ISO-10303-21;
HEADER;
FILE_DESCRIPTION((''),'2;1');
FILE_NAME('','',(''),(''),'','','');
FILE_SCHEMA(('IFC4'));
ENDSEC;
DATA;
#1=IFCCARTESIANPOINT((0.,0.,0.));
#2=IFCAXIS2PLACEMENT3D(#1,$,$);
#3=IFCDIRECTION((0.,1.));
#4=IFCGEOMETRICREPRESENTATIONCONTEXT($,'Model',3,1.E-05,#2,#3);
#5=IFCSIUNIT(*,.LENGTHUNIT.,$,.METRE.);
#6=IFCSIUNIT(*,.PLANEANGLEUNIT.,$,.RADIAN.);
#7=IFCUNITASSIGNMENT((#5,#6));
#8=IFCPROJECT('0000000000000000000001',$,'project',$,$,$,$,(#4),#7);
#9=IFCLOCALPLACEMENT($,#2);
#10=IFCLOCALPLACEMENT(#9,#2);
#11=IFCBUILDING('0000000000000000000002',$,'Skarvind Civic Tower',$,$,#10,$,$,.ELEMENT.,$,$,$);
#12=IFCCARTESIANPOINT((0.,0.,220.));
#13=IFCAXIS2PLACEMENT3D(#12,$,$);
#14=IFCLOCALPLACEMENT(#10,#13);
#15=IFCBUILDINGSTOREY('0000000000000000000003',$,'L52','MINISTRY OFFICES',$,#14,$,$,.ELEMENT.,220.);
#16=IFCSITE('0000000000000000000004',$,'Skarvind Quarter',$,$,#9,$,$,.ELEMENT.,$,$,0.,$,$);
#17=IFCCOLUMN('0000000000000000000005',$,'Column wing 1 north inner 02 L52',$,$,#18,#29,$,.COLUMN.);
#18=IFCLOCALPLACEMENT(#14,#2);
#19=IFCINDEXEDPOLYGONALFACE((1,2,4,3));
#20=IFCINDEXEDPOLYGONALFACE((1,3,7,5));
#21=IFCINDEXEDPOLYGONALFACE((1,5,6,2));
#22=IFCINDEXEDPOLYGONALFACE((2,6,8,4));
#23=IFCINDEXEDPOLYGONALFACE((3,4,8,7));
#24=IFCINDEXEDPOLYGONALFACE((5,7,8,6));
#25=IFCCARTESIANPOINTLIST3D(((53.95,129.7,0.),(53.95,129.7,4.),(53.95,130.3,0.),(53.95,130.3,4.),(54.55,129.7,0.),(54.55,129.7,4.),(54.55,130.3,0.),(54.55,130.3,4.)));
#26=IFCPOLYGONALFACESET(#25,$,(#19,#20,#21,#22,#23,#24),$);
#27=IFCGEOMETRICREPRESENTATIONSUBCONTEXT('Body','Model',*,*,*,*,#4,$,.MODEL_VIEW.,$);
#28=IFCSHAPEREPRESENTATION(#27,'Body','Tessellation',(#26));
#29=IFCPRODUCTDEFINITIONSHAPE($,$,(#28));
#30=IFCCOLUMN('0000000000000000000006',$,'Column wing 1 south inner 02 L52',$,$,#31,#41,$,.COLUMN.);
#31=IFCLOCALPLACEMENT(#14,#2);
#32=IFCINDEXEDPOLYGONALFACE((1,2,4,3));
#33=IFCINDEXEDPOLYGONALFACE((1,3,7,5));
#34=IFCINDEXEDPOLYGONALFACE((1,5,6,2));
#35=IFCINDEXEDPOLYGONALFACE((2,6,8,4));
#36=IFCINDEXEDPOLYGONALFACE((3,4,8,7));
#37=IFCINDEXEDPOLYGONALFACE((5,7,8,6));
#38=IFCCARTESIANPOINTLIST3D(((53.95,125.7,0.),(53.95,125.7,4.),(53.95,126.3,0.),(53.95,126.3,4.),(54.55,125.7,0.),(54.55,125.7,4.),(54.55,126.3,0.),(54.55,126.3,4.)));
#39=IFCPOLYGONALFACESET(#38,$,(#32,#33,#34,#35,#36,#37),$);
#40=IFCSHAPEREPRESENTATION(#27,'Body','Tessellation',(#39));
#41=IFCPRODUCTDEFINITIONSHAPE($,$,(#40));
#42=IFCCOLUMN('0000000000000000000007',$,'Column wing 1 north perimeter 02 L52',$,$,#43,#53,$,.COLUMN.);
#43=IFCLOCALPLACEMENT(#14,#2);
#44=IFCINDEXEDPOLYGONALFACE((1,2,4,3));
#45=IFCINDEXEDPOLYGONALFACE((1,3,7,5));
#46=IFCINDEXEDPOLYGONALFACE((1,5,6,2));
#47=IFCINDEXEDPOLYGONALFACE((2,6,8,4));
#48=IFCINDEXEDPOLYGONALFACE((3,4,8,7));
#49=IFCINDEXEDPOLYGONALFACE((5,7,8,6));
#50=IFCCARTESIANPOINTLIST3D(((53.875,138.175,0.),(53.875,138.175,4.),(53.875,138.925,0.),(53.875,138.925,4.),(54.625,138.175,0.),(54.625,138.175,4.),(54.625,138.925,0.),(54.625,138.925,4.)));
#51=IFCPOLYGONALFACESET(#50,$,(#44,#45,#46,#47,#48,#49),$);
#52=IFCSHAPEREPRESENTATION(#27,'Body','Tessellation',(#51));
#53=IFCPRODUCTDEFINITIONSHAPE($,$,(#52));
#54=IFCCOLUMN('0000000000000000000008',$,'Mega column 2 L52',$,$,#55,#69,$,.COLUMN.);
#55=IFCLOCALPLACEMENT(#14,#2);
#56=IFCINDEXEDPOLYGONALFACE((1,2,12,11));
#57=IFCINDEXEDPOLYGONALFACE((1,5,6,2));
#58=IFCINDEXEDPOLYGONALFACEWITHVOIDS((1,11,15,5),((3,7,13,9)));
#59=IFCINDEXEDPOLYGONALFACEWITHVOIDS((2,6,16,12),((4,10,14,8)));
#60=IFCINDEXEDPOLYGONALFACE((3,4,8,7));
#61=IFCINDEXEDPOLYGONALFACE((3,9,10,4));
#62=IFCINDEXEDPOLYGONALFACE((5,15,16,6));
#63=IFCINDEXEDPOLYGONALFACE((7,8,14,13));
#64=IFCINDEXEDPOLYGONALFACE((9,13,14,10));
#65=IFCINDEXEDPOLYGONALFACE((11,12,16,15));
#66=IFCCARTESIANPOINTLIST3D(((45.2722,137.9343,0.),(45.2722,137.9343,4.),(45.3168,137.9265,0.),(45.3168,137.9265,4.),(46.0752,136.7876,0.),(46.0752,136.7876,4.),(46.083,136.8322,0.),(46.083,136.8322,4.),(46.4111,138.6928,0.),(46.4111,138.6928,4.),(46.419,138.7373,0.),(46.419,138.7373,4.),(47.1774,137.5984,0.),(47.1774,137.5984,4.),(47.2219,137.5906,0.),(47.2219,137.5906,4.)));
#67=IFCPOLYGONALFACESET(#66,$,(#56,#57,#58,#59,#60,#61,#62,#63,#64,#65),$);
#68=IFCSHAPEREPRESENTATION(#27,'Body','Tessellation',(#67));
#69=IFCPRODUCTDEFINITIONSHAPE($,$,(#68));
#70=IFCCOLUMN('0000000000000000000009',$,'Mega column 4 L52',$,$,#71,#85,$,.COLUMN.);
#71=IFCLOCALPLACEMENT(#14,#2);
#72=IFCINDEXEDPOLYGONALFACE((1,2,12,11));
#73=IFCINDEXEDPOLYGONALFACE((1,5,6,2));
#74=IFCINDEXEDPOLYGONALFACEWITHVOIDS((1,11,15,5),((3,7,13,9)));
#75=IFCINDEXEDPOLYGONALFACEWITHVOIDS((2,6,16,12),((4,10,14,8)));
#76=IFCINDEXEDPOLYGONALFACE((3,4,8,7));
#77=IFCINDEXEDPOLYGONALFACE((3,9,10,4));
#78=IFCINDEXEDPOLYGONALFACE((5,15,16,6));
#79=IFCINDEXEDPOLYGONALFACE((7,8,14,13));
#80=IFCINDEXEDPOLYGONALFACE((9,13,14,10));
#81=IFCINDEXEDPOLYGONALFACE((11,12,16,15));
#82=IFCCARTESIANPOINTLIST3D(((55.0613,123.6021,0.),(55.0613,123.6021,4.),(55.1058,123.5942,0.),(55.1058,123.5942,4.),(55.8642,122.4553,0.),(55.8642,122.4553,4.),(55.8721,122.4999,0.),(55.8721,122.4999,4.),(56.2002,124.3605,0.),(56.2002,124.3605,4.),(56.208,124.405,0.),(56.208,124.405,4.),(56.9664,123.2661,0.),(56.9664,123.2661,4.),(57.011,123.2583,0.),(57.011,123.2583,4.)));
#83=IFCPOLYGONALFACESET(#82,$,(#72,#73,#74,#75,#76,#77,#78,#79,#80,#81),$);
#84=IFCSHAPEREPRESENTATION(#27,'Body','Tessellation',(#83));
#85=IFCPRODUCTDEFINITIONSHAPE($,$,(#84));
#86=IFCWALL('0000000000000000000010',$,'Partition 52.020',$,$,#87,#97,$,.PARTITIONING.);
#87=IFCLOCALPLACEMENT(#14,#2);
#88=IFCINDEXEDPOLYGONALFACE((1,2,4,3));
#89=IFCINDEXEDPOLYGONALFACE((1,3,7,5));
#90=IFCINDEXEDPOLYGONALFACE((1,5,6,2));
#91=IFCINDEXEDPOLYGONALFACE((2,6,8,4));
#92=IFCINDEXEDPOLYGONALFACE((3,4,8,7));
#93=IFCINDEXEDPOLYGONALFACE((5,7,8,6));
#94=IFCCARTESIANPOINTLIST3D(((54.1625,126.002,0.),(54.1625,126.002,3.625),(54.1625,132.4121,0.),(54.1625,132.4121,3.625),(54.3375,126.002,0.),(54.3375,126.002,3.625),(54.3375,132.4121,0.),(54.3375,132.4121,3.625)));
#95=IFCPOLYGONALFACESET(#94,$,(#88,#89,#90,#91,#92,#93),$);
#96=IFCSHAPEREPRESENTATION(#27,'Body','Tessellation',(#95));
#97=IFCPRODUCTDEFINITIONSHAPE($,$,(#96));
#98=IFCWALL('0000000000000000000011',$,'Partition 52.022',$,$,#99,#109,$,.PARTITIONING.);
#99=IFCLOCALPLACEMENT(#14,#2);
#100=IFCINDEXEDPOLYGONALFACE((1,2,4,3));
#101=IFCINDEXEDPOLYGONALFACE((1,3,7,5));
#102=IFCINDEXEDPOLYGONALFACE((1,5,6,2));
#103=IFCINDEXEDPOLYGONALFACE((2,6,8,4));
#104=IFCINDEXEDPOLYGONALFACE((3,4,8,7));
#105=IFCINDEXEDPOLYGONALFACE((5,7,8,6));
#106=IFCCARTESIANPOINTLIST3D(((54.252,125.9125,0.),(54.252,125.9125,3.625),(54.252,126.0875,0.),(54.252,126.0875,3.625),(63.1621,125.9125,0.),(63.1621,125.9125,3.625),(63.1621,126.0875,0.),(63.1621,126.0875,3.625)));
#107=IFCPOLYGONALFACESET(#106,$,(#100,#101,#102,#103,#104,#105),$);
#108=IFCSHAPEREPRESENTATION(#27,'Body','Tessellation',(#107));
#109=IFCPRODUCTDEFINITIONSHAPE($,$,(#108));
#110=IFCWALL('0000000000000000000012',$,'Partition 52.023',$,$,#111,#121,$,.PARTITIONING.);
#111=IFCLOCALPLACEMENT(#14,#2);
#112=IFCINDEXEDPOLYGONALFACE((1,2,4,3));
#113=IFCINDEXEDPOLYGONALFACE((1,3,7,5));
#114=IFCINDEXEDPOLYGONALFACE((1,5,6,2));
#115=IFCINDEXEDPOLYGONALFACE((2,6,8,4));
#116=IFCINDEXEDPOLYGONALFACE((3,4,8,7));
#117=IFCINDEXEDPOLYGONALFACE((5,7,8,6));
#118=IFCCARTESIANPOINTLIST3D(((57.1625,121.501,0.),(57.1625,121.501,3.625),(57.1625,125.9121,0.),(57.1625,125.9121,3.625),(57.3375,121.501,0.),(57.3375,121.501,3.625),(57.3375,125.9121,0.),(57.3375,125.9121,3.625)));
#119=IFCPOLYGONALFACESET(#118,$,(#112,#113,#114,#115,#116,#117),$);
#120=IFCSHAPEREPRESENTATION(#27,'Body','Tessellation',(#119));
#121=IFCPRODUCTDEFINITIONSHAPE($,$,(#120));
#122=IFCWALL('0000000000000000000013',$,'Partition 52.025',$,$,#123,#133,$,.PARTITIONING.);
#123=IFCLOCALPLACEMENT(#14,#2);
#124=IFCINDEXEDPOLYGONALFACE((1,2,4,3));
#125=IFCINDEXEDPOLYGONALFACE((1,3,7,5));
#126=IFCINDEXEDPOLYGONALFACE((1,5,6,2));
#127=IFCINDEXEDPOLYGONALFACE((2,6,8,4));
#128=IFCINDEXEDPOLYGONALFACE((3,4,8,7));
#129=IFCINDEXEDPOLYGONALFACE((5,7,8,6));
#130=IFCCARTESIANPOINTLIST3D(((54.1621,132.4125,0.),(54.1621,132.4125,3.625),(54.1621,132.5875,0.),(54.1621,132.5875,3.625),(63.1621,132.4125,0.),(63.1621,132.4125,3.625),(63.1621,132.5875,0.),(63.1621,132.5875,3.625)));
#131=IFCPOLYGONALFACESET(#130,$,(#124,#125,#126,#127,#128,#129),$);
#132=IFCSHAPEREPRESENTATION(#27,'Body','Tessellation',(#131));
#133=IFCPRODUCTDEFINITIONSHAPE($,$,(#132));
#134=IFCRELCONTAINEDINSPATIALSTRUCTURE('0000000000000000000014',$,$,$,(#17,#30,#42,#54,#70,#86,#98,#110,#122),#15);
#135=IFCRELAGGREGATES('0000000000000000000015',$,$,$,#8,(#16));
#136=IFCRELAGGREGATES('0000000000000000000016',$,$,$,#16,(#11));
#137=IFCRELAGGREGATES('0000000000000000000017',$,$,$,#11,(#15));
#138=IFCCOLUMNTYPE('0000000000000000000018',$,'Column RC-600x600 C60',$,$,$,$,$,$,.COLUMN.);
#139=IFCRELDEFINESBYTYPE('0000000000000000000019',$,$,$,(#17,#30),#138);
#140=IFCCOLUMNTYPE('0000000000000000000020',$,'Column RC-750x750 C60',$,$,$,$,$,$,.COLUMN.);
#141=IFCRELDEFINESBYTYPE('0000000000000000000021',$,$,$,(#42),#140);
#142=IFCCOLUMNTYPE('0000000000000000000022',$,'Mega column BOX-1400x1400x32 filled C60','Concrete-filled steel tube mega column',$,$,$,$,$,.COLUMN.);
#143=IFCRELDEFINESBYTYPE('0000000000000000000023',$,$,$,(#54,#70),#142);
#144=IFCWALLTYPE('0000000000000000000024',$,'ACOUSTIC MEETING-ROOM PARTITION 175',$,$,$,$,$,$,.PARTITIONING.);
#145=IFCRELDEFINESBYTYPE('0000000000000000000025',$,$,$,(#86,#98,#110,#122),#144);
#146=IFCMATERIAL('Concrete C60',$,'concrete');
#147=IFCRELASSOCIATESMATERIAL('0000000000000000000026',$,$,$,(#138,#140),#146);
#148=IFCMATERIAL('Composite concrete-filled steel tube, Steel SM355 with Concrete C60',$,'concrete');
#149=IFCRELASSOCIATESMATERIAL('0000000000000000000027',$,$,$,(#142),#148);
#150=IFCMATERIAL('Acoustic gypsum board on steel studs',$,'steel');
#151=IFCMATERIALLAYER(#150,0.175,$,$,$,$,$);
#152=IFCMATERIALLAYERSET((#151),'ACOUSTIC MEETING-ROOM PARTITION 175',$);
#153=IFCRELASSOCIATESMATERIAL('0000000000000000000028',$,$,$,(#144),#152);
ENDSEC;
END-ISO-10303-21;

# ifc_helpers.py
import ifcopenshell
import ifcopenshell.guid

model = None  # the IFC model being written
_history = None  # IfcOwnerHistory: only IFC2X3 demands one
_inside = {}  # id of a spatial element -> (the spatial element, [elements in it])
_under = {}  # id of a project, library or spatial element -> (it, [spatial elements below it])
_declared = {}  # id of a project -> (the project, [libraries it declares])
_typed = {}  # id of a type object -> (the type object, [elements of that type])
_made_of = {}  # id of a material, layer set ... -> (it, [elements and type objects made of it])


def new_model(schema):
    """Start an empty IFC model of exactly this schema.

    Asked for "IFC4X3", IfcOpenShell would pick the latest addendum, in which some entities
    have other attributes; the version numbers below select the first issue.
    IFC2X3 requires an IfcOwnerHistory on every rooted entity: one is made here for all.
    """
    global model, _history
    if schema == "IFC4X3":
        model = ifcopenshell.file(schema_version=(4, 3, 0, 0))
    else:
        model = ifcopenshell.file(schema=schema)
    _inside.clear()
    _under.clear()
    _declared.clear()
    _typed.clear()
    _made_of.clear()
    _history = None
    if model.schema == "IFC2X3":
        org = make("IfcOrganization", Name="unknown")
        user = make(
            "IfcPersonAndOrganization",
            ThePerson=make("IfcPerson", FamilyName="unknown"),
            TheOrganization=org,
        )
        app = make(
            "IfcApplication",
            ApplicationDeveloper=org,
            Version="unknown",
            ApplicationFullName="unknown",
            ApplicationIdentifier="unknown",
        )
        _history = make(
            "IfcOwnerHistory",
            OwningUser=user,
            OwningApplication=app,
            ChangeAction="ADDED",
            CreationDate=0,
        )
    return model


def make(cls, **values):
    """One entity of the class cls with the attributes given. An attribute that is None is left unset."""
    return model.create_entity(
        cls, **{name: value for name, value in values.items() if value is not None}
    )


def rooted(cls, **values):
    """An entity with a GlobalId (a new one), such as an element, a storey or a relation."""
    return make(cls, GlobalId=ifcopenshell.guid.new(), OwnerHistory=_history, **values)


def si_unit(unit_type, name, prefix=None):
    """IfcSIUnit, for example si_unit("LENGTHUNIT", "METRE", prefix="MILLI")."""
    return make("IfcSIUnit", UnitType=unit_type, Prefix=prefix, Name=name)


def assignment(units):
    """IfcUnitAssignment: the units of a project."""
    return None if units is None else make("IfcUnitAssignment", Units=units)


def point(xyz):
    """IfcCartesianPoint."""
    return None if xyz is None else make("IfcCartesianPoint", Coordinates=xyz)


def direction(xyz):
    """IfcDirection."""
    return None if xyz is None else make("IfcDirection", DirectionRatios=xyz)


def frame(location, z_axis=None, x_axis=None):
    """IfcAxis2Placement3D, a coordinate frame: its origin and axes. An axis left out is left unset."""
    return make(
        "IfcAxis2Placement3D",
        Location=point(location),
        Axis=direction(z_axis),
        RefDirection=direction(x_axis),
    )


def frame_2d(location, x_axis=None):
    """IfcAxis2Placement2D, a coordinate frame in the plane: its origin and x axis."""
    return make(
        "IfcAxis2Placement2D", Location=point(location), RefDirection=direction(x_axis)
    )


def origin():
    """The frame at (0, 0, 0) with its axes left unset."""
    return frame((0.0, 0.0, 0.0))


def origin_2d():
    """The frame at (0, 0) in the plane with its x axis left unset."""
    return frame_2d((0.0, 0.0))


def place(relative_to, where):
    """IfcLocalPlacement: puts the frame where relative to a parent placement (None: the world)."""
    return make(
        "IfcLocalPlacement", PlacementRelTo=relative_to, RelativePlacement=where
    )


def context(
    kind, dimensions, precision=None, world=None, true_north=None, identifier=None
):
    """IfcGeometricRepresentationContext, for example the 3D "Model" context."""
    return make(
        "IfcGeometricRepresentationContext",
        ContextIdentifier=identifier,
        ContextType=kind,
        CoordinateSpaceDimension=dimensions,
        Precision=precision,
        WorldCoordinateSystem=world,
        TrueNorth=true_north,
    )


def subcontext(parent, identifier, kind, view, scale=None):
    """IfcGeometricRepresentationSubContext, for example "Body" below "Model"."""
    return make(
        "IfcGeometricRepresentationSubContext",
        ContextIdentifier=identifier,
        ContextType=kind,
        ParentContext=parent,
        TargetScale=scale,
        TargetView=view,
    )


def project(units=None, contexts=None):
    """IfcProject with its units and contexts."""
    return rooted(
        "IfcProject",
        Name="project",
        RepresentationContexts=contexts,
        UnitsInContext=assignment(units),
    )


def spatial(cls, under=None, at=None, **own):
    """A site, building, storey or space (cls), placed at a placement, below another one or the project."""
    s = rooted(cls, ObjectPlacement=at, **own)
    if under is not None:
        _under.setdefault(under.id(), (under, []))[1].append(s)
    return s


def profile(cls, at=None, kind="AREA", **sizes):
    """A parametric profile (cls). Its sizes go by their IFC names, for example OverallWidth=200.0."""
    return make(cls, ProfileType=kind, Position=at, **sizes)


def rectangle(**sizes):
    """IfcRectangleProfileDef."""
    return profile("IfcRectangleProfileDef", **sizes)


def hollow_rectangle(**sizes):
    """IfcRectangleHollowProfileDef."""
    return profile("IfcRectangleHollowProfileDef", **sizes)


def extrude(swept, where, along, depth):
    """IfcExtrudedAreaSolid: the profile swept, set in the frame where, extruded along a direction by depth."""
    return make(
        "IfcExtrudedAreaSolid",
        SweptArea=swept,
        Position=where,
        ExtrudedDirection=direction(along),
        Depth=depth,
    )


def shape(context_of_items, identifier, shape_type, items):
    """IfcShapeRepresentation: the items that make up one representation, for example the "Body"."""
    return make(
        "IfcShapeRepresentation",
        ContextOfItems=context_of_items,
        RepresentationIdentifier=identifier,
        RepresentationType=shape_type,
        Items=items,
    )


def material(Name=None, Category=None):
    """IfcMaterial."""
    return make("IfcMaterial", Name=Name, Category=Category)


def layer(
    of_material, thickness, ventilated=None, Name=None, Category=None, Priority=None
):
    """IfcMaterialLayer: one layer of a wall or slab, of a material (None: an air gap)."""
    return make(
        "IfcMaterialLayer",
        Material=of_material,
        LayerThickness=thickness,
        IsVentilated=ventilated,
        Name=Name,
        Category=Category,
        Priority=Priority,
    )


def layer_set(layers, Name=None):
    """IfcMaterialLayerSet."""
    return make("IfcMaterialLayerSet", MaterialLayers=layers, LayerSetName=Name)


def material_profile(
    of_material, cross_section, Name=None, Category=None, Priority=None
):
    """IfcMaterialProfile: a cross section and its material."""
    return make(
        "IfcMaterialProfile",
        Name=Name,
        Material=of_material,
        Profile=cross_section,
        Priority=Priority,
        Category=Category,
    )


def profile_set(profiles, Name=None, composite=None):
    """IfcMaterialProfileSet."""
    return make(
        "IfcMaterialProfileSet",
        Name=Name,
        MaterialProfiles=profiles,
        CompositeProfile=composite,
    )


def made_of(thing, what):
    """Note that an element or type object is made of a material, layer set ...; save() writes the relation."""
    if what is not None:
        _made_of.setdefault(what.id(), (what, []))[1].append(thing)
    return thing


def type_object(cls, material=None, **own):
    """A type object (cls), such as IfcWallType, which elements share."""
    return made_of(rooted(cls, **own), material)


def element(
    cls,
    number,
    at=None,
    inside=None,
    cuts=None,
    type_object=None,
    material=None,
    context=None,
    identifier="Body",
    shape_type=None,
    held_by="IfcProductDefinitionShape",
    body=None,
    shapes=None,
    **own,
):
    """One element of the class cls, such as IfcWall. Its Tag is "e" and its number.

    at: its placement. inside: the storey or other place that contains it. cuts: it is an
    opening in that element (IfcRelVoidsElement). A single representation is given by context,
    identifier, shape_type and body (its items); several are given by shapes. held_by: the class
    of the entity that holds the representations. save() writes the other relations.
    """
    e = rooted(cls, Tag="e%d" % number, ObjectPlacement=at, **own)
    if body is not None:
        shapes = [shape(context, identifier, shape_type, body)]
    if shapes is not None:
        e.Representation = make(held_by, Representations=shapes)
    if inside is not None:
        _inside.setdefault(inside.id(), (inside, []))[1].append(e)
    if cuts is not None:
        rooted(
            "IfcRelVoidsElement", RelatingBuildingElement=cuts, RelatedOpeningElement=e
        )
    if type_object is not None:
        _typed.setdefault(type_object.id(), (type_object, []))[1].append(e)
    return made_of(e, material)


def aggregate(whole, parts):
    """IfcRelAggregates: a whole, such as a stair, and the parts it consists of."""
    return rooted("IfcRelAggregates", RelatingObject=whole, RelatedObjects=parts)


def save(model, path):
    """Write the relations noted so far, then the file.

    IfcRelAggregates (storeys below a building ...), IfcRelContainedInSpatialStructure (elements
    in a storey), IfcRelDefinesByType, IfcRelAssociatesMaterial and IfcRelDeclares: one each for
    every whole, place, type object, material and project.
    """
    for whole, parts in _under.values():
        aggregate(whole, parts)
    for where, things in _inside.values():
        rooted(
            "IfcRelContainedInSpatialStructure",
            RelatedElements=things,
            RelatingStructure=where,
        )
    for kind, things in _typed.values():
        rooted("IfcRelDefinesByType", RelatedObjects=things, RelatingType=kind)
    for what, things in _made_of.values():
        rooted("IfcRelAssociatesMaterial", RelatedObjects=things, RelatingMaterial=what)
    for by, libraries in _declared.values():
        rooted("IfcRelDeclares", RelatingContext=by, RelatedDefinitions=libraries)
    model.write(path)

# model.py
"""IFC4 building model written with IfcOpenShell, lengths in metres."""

from ifc_helpers import new_model, si_unit, direction, frame, frame_2d, origin, origin_2d, place, context, subcontext, project, spatial, rectangle, hollow_rectangle, extrude, material, layer, layer_set, material_profile, profile_set, type_object, element, save


model = new_model("IFC4")

# Units and contexts
model_context = context("Model", 3, precision=1e-05, world=origin(), true_north=direction((0.0, 1.0)))
body_context = subcontext(model_context, "Body", "Model", "MODEL_VIEW")
ifc_project = project(units=[si_unit("LENGTHUNIT", "METRE"), si_unit("PLANEANGLEUNIT", "RADIAN")], contexts=[model_context])

# Site, building, storey
site_placement = place(None, origin())
site = spatial("IfcSite", under=ifc_project, at=site_placement, Name="Skarvind Quarter", CompositionType="ELEMENT", RefElevation=0.0)
building_placement = place(site_placement, origin())
building = spatial("IfcBuilding", under=site, at=building_placement, Name="Skarvind Civic Tower", CompositionType="ELEMENT")
storey_placement = place(building_placement, frame((0.0, 0.0, 220.0)))
storey = spatial("IfcBuildingStorey", under=building, at=storey_placement, Name="L52", Description="MINISTRY OFFICES", CompositionType="ELEMENT", Elevation=220.0)

# Columns
ifc_material_1 = material(Name="Concrete C60", Category="concrete")
ifc_material_profile_1 = material_profile(ifc_material_1, rectangle(XDim=0.6001, YDim=0.6001, at=origin_2d()), Name="RC-600x600")
ifc_profile_set_1 = profile_set([ifc_material_profile_1], Name="Concrete C60")
column_type_1 = type_object("IfcColumnType", Name="Column RC-600x600 C60", PredefinedType="COLUMN", material=ifc_profile_set_1)
for number, where, z_axis, x_axis, name in (
    (1, (54.25, 130.0, 0.0), (0.0, 0.0, 1.0), (1.0, 0.0, 0.0), "Column wing 1 north inner 02 L52"),
    (2, (54.25, 126.0, 0.0), (0.0, 0.0, 1.0), (1.0, 0.0, 0.0), "Column wing 1 south inner 02 L52"),
):
    element("IfcColumn", number, at=place(storey_placement, frame(where, z_axis=z_axis, x_axis=x_axis)), inside=storey, type_object=column_type_1, Name=name, PredefinedType="COLUMN", context=body_context, shape_type="SweptSolid", body=[
        extrude(rectangle(XDim=0.6001, YDim=0.6001, at=origin_2d()), origin(), (0.0, 0.0, 1.0), 4.0),
    ])
ifc_material_profile_2 = material_profile(ifc_material_1, rectangle(XDim=0.75, YDim=0.75, at=origin_2d()), Name="RC-750x750")
ifc_profile_set_2 = profile_set([ifc_material_profile_2], Name="Concrete C60")
column_type_2 = type_object("IfcColumnType", Name="Column RC-750x750 C60", PredefinedType="COLUMN", material=ifc_profile_set_2)
column_placement = place(storey_placement, frame((54.25, 138.55, 0.0), z_axis=(0.0, 0.0, 1.0), x_axis=(1.0, 0.0, 0.0)))
element("IfcColumn", 3, at=column_placement, inside=storey, type_object=column_type_2, Name="Column wing 1 north perimeter 02 L52", PredefinedType="COLUMN", context=body_context, shape_type="SweptSolid", body=[
    extrude(rectangle(XDim=0.75, YDim=0.75, at=origin_2d()), origin(), (0.0, 0.0, 1.0), 4.0),
])
ifc_material_2 = material(Name="Composite concrete-filled steel tube, Steel SM355 with Concrete C60", Category="concrete")
ifc_material_profile_3 = material_profile(ifc_material_2, hollow_rectangle(XDim=1.3999, YDim=1.3999, WallThickness=0.032, at=origin_2d()), Name="BOX-1400x1400x32")
ifc_profile_set_3 = profile_set([ifc_material_profile_3], Name="Composite concrete-filled steel tube, Steel SM355 with Concrete C60")
column_type_3 = type_object("IfcColumnType", Name="Mega column BOX-1400x1400x32 filled C60", Description="Concrete-filled steel tube mega column", PredefinedType="COLUMN", material=ifc_profile_set_3)
for number, where, z_axis, x_axis, name in (
    (4, (46.2471, 137.7625, 0.0), (0.0, 0.0, 1.0), (0.573576, -0.819152, 0.0), "Mega column 2 L52"),
    (5, (56.0361, 123.4302, 0.0), (0.0, 0.0, 1.0), (0.573576, -0.819152, 0.0), "Mega column 4 L52"),
):
    element("IfcColumn", number, at=place(storey_placement, frame(where, z_axis=z_axis, x_axis=x_axis)), inside=storey, type_object=column_type_3, Name=name, PredefinedType="COLUMN", context=body_context, shape_type="SweptSolid", body=[
        extrude(hollow_rectangle(XDim=1.3999, YDim=1.3999, WallThickness=0.032, at=origin_2d()), origin(), (0.0, 0.0, 1.0), 4.0),
    ])

# Walls
ifc_material_3 = material(Name="Acoustic gypsum board on steel studs", Category="steel")
ifc_layer_1 = layer(ifc_material_3, 0.175)
ifc_layer_set_1 = layer_set([ifc_layer_1], Name="ACOUSTIC MEETING-ROOM PARTITION 175")
wall_type_1 = type_object("IfcWallType", Name="ACOUSTIC MEETING-ROOM PARTITION 175", PredefinedType="PARTITIONING", material=ifc_layer_set_1)
wall_1_placement = place(storey_placement, frame((54.25, 126.002, 0.0), z_axis=(0.0, 0.0, 1.0), x_axis=(0.0, 1.0, 0.0)))
element("IfcWall", 6, at=wall_1_placement, inside=storey, type_object=wall_type_1, Name="Partition 52.020", PredefinedType="PARTITIONING", context=body_context, shape_type="SweptSolid", body=[
    extrude(rectangle(XDim=6.4102, YDim=0.175, at=frame_2d((3.2051, 0.0))), origin(), (0.0, 0.0, 1.0), 3.625),
])
wall_2_placement = place(storey_placement, frame((54.252, 126.0, 0.0), z_axis=(0.0, 0.0, 1.0), x_axis=(1.0, 0.0, 0.0)))
element("IfcWall", 7, at=wall_2_placement, inside=storey, type_object=wall_type_1, Name="Partition 52.022", PredefinedType="PARTITIONING", context=body_context, shape_type="SweptSolid", body=[
    extrude(rectangle(XDim=8.9102, YDim=0.175, at=frame_2d((4.4551, 0.0))), origin(), (0.0, 0.0, 1.0), 3.625),
])
wall_3_placement = place(storey_placement, frame((57.25, 125.9121, 0.0), z_axis=(0.0, 0.0, 1.0), x_axis=(0.0, -1.0, 0.0)))
element("IfcWall", 8, at=wall_3_placement, inside=storey, type_object=wall_type_1, Name="Partition 52.023", PredefinedType="PARTITIONING", context=body_context, shape_type="SweptSolid", body=[
    extrude(rectangle(XDim=4.4111, YDim=0.175, at=frame_2d((2.2056, 0.0))), origin(), (0.0, 0.0, 1.0), 3.625),
])
wall_4_placement = place(storey_placement, frame((63.1621, 132.5, 0.0), z_axis=(0.0, 0.0, 1.0), x_axis=(-1.0, 0.0, 0.0)))
element("IfcWall", 9, at=wall_4_placement, inside=storey, type_object=wall_type_1, Name="Partition 52.025", PredefinedType="PARTITIONING", context=body_context, shape_type="SweptSolid", body=[
    extrude(rectangle(XDim=9.0, YDim=0.175, at=frame_2d((4.5, 0.0))), origin(), (0.0, 0.0, 1.0), 3.625),
])

save(model, "model.ifc")
